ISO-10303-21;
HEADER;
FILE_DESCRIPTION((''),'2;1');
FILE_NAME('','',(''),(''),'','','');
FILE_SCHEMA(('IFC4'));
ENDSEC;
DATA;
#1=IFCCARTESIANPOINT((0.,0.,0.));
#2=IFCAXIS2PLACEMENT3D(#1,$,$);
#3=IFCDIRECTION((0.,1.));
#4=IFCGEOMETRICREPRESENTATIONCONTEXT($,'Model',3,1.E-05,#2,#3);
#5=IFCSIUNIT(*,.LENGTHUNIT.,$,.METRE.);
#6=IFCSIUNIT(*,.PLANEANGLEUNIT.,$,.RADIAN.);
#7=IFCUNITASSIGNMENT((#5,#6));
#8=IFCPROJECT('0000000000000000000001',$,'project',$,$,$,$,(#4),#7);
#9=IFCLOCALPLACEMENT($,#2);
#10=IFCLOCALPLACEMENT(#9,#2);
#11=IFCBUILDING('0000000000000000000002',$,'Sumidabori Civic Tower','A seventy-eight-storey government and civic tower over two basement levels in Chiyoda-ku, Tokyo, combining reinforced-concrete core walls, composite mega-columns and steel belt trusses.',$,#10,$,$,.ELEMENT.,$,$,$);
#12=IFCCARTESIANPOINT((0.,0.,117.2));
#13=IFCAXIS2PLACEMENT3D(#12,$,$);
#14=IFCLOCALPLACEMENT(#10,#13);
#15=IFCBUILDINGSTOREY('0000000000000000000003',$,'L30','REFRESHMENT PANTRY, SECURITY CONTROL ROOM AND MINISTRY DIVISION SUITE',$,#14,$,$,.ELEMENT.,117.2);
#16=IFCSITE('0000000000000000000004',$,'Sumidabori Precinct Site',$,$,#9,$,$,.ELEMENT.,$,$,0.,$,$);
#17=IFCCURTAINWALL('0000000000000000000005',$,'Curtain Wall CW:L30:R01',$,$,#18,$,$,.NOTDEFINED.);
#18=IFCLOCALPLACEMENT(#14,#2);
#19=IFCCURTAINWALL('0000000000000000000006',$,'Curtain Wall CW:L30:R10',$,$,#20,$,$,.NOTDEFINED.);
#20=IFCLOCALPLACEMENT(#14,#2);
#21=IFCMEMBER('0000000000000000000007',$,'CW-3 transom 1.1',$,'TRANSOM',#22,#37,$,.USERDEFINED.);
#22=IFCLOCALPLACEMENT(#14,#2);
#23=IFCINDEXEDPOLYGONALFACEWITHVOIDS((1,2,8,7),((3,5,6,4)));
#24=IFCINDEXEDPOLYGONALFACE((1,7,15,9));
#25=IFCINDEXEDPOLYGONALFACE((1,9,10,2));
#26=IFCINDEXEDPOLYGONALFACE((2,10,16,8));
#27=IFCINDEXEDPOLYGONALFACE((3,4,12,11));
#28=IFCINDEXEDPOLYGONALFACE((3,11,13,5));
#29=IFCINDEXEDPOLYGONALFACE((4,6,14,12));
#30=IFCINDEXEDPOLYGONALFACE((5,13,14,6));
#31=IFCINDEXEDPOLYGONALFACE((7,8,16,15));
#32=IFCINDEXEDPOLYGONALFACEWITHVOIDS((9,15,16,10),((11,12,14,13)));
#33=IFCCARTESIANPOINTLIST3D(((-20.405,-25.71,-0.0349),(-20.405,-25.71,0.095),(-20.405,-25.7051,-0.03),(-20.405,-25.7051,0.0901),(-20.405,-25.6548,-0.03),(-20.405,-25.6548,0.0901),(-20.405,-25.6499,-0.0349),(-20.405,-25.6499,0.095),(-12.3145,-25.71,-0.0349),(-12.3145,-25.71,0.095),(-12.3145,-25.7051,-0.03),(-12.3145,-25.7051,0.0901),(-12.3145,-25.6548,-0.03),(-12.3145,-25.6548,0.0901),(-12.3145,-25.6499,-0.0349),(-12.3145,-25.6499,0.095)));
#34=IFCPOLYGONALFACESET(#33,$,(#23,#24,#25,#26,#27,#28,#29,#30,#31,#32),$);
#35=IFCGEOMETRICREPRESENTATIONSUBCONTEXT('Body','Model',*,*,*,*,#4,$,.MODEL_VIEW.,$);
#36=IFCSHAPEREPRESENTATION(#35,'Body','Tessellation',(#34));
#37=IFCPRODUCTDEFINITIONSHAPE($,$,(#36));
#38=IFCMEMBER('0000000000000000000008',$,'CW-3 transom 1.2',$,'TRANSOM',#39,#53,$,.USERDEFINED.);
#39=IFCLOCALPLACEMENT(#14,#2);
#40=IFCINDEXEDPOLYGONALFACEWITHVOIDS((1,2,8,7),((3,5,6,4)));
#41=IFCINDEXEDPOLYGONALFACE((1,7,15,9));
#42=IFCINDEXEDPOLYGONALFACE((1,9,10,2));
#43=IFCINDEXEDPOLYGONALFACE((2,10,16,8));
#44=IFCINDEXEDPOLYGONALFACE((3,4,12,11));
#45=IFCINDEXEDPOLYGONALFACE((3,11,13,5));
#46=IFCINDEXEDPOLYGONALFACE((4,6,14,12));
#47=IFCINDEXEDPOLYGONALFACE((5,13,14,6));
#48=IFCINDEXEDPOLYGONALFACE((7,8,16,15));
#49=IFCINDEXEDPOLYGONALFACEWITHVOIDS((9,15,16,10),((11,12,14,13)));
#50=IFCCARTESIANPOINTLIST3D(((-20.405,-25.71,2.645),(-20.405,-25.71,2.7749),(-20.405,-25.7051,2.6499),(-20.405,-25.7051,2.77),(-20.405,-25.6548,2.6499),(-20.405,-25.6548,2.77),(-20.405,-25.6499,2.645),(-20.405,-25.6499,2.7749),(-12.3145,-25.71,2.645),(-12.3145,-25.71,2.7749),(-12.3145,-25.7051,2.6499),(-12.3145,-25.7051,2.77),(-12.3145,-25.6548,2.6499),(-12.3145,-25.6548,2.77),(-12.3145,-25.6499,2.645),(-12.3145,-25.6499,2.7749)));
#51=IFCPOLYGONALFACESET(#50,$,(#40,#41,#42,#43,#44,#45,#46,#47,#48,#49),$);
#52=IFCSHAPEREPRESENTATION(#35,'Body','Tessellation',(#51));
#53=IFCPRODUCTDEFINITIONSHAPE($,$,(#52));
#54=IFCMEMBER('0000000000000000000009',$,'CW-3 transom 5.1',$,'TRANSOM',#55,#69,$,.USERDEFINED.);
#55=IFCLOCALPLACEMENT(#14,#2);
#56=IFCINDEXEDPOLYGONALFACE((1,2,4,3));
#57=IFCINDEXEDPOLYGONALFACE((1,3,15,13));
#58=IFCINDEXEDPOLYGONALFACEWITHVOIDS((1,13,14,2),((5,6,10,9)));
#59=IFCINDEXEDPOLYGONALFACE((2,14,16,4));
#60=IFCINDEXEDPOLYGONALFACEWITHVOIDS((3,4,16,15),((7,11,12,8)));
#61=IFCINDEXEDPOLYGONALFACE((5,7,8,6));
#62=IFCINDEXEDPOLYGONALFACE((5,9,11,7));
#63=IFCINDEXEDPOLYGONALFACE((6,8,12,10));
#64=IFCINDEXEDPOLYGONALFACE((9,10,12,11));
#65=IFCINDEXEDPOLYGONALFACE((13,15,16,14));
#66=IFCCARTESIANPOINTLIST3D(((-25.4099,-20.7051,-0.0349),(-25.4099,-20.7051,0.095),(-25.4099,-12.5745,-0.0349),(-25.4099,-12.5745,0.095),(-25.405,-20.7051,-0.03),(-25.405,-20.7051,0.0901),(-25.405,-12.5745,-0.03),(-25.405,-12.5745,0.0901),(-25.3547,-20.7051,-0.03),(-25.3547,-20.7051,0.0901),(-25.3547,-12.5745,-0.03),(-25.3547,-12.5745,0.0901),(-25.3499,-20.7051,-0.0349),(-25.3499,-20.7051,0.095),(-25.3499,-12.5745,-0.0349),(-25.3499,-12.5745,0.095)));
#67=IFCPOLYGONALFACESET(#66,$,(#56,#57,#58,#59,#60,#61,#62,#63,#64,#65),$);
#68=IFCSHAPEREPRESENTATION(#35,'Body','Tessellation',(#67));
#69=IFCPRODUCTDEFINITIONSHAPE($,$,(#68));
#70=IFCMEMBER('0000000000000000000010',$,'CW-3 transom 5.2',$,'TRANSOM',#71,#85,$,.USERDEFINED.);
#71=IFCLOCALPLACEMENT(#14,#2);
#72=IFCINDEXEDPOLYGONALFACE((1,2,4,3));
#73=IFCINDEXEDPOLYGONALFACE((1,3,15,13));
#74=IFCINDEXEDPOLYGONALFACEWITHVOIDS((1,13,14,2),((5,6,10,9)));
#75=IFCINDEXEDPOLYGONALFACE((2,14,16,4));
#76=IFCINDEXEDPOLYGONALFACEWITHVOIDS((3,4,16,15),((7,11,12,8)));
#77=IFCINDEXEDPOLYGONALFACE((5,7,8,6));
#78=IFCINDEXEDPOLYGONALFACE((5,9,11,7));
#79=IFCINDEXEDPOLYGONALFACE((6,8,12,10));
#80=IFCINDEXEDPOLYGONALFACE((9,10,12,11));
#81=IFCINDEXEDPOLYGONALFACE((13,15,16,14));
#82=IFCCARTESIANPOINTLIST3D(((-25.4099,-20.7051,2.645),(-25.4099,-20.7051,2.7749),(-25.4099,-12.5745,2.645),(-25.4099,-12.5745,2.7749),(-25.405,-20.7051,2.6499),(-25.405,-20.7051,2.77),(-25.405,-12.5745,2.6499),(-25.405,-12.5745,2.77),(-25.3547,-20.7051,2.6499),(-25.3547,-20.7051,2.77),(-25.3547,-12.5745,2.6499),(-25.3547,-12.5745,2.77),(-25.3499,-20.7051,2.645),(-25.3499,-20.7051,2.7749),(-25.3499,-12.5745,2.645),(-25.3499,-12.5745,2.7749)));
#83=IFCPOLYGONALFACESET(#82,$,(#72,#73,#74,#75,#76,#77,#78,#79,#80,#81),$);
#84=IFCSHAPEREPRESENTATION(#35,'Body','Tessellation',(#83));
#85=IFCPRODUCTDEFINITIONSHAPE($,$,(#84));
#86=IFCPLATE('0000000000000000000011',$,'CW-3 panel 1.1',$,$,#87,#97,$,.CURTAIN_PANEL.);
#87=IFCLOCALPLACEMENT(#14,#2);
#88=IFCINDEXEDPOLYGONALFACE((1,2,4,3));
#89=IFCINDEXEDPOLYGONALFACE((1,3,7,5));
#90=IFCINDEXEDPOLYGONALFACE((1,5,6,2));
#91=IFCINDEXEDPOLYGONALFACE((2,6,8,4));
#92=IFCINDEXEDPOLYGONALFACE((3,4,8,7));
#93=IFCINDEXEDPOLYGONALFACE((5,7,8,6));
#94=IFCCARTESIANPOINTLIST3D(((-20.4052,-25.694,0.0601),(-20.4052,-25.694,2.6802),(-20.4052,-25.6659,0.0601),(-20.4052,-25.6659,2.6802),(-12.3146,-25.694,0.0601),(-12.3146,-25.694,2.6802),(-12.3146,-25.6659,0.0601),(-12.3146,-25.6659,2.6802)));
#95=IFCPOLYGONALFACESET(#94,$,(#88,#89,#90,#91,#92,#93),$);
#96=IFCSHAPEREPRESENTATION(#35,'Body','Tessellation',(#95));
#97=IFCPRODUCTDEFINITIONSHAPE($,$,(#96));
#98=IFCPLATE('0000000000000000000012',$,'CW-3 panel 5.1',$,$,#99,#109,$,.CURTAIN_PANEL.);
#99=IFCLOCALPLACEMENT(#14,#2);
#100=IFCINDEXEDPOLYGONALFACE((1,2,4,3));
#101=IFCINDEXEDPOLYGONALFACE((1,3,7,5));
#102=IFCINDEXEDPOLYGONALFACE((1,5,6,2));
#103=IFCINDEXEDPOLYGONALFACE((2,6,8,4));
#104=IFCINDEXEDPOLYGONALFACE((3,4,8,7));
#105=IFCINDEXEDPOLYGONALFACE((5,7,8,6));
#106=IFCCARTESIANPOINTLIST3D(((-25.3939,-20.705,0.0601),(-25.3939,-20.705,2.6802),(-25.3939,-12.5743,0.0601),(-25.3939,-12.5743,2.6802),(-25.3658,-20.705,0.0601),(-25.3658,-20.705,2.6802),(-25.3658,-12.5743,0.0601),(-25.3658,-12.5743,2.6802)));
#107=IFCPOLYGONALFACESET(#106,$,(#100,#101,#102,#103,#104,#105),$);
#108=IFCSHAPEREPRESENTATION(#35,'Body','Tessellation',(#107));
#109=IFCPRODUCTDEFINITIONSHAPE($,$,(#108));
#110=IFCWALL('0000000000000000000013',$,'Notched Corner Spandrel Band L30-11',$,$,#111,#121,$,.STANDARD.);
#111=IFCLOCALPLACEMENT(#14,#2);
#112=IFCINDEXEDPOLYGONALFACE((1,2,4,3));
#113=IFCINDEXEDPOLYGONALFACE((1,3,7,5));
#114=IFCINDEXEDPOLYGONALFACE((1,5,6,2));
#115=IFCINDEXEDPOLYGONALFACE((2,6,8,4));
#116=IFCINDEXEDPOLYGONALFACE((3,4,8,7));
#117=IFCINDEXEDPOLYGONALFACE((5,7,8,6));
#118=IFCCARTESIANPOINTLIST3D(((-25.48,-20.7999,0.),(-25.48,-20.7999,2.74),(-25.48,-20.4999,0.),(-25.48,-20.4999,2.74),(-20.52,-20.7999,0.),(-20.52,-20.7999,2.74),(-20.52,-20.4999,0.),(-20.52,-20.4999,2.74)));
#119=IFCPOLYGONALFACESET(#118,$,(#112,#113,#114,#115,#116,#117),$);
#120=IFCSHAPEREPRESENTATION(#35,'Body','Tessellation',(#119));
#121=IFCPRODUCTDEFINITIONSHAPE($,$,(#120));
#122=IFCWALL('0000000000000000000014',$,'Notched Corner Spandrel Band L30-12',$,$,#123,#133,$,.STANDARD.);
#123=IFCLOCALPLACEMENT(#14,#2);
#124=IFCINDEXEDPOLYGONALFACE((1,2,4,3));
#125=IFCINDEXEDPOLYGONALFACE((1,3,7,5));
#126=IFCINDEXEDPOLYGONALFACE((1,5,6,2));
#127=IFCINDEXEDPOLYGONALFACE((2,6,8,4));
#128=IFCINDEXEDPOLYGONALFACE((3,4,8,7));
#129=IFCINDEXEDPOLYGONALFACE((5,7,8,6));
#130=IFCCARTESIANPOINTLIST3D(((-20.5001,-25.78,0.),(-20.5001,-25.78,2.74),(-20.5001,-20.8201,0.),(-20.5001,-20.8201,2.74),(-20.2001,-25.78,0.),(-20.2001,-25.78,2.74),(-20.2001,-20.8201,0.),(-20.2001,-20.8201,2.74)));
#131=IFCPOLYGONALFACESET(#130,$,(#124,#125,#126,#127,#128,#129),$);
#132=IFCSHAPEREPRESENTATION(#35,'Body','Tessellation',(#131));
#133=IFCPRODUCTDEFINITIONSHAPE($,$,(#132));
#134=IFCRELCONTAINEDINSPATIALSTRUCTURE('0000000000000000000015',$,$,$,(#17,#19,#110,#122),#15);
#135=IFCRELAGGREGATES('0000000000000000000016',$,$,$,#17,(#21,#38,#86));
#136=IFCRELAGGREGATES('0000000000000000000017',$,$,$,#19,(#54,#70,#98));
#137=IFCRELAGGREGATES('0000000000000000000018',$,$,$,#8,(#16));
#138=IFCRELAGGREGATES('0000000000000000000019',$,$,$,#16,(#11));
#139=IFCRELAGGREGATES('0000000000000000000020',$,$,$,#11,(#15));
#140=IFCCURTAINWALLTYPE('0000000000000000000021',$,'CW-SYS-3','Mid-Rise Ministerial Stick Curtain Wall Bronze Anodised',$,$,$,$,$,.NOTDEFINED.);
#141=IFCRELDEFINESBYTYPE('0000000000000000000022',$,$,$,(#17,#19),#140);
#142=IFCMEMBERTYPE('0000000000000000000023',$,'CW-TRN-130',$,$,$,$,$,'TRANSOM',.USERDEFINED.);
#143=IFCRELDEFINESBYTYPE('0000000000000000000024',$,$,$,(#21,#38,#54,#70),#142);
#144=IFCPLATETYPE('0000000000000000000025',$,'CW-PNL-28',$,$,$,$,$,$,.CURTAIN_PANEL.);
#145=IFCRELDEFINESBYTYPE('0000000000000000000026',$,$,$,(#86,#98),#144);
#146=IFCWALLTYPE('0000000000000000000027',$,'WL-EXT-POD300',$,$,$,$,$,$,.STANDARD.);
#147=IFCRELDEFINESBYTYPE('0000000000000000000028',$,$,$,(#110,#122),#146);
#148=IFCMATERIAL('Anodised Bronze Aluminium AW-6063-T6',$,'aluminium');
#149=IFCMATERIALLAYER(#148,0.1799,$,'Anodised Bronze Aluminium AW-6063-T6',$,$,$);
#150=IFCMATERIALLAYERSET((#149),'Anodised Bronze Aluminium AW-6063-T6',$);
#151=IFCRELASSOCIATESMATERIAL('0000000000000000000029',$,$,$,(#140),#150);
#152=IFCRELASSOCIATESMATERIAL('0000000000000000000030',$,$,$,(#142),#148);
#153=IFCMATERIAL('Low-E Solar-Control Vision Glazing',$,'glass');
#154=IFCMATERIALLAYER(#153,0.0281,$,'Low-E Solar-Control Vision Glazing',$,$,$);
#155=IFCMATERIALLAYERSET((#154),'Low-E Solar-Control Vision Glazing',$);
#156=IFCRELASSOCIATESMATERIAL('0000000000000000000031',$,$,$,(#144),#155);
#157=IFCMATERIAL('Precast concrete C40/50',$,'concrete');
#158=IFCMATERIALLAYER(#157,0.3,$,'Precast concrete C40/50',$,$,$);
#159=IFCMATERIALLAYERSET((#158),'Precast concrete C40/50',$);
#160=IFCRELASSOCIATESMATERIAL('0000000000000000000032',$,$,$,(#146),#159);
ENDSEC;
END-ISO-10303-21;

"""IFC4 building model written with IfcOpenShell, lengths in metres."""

from ifc_helpers import new_model, si_unit, direction, frame, frame_2d, origin, origin_2d, place, context, subcontext, project, spatial, rectangle, hollow_rectangle, extrude, source, transform, mapped, material, layer, layer_set, material_profile, profile_set, type_object, element, aggregate, save


model = new_model("IFC4")

# Units and contexts
model_context = context("Model", 3, precision=1e-05, world=origin(), true_north=direction((0.0, 1.0)))
body_context = subcontext(model_context, "Body", "Model", "MODEL_VIEW")
ifc_project = project(units=[si_unit("LENGTHUNIT", "METRE"), si_unit("PLANEANGLEUNIT", "RADIAN")], contexts=[model_context])

# Site, building, storey
site_placement = place(None, origin())
site = spatial("IfcSite", under=ifc_project, at=site_placement, Name="Sumidabori Precinct Site", CompositionType="ELEMENT", RefElevation=0.0)
building_placement = place(site_placement, origin())
building = spatial("IfcBuilding", under=site, at=building_placement, Name="Sumidabori Civic Tower", Description="A seventy-eight-storey government and civic tower over two basement levels in Chiyoda-ku, Tokyo, combining reinforced-concrete core walls, composite mega-columns and steel belt trusses.", CompositionType="ELEMENT")
storey_placement = place(building_placement, frame((0.0, 0.0, 117.2)))
storey = spatial("IfcBuildingStorey", under=building, at=storey_placement, Name="L30", Description="REFRESHMENT PANTRY, SECURITY CONTROL ROOM AND MINISTRY DIVISION SUITE", CompositionType="ELEMENT", Elevation=117.2)

# Curtain walls
ifc_material_1 = material(Name="Anodised Bronze Aluminium AW-6063-T6", Category="aluminium")
ifc_layer_1 = layer(ifc_material_1, 0.1799, Name="Anodised Bronze Aluminium AW-6063-T6")
ifc_layer_set_1 = layer_set([ifc_layer_1], Name="Anodised Bronze Aluminium AW-6063-T6")
curtain_wall_type = type_object("IfcCurtainWallType", Name="CW-SYS-3", Description="Mid-Rise Ministerial Stick Curtain Wall Bronze Anodised", PredefinedType="NOTDEFINED", material=ifc_layer_set_1)
curtain_wall_1_placement = place(storey_placement, origin())
curtain_wall_1 = element("IfcCurtainWall", 1, at=curtain_wall_1_placement, inside=storey, type_object=curtain_wall_type, Name="Curtain Wall CW:L30:R01", PredefinedType="NOTDEFINED")
curtain_wall_2_placement = place(storey_placement, origin())
curtain_wall_2 = element("IfcCurtainWall", 2, at=curtain_wall_2_placement, inside=storey, type_object=curtain_wall_type, Name="Curtain Wall CW:L30:R10", PredefinedType="NOTDEFINED")

# Members
ifc_material_profile_1 = material_profile(ifc_material_1, hollow_rectangle(XDim=0.0601, YDim=0.1299, WallThickness=0.0049, at=origin_2d()), Name="ALU TRANSOM 130x60")
ifc_profile_set_1 = profile_set([ifc_material_profile_1], Name="Anodised Bronze Aluminium AW-6063-T6")
member_type_1 = type_object("IfcMemberType", Name="CW-TRN-130", ElementType="TRANSOM", PredefinedType="USERDEFINED", material=ifc_profile_set_1)
shared_shape_1 = source(origin(), body_context, "Body", "SweptSolid", [
    extrude(hollow_rectangle(XDim=0.0601, YDim=0.1299, WallThickness=0.0049, at=origin_2d()), origin(), (0.0, 0.0, 1.0), 8.0906),
])
member_1_placement = place(storey_placement, frame((-20.405, -25.6799, 0.03), z_axis=(1.0, 0.0, 0.0), x_axis=(0.0, 1.0, 0.0)))
member_1 = element("IfcMember", 3, at=member_1_placement, type_object=member_type_1, Name="CW-3 transom 1.1", ObjectType="TRANSOM", PredefinedType="USERDEFINED", context=body_context, shape_type="MappedRepresentation", body=[
    mapped(shared_shape_1, transform((0.0, 0.0, 0.0), x_axis=(1.0, 0.0, 0.0), y_axis=(0.0, 1.0, 0.0), z_axis=(0.0, 0.0, 1.0), scale=1.0)),
])
member_2_placement = place(storey_placement, frame((-20.405, -25.6799, 2.71), z_axis=(1.0, 0.0, 0.0), x_axis=(0.0, 1.0, 0.0)))
member_2 = element("IfcMember", 4, at=member_2_placement, type_object=member_type_1, Name="CW-3 transom 1.2", ObjectType="TRANSOM", PredefinedType="USERDEFINED", context=body_context, shape_type="MappedRepresentation", body=[
    mapped(shared_shape_1, transform((0.0, 0.0, 0.0), x_axis=(1.0, 0.0, 0.0), y_axis=(0.0, 1.0, 0.0), z_axis=(0.0, 0.0, 1.0), scale=1.0)),
])
shared_shape_2 = source(origin(), body_context, "Body", "SweptSolid", [
    extrude(hollow_rectangle(XDim=0.0601, YDim=0.1299, WallThickness=0.0049, at=origin_2d()), origin(), (0.0, 0.0, 1.0), 8.1306),
])
member_3_placement = place(storey_placement, frame((-25.3799, -12.5745, 0.03), z_axis=(0.0, -1.0, 0.0), x_axis=(1.0, 0.0, 0.0)))
member_3 = element("IfcMember", 5, at=member_3_placement, type_object=member_type_1, Name="CW-3 transom 5.1", ObjectType="TRANSOM", PredefinedType="USERDEFINED", context=body_context, shape_type="MappedRepresentation", body=[
    mapped(shared_shape_2, transform((0.0, 0.0, 0.0), x_axis=(1.0, 0.0, 0.0), y_axis=(0.0, 1.0, 0.0), z_axis=(0.0, 0.0, 1.0), scale=1.0)),
])
member_4_placement = place(storey_placement, frame((-25.3799, -12.5745, 2.71), z_axis=(0.0, -1.0, 0.0), x_axis=(1.0, 0.0, 0.0)))
member_4 = element("IfcMember", 6, at=member_4_placement, type_object=member_type_1, Name="CW-3 transom 5.2", ObjectType="TRANSOM", PredefinedType="USERDEFINED", context=body_context, shape_type="MappedRepresentation", body=[
    mapped(shared_shape_2, transform((0.0, 0.0, 0.0), x_axis=(1.0, 0.0, 0.0), y_axis=(0.0, 1.0, 0.0), z_axis=(0.0, 0.0, 1.0), scale=1.0)),
])

# Plates
ifc_material_2 = material(Name="Low-E Solar-Control Vision Glazing", Category="glass")
ifc_layer_2 = layer(ifc_material_2, 0.0281, Name="Low-E Solar-Control Vision Glazing")
ifc_layer_set_2 = layer_set([ifc_layer_2], Name="Low-E Solar-Control Vision Glazing")
plate_type = type_object("IfcPlateType", Name="CW-PNL-28", PredefinedType="CURTAIN_PANEL", material=ifc_layer_set_2)
shared_shape_3 = source(origin(), body_context, "Body", "SweptSolid", [
    extrude(rectangle(XDim=8.0906, YDim=0.0281, at=origin_2d()), origin(), (0.0, 0.0, 1.0), 2.6201),
])
plate_1_placement = place(storey_placement, frame((-16.3599, -25.6799, 0.0601), z_axis=(0.0, 0.0, 1.0), x_axis=(1.0, 0.0, 0.0)))
plate_1 = element("IfcPlate", 7, at=plate_1_placement, type_object=plate_type, Name="CW-3 panel 1.1", PredefinedType="CURTAIN_PANEL", context=body_context, shape_type="MappedRepresentation", body=[
    mapped(shared_shape_3, transform((0.0, 0.0, 0.0), x_axis=(1.0, 0.0, 0.0), y_axis=(0.0, 1.0, 0.0), z_axis=(0.0, 0.0, 1.0), scale=1.0)),
])
aggregate(curtain_wall_1, [member_1, member_2, plate_1])
shared_shape_4 = source(origin(), body_context, "Body", "SweptSolid", [
    extrude(rectangle(XDim=8.1306, YDim=0.0281, at=origin_2d()), origin(), (0.0, 0.0, 1.0), 2.6201),
])
plate_2_placement = place(storey_placement, frame((-25.3799, -16.6396, 0.0601), z_axis=(0.0, 0.0, 1.0), x_axis=(0.0, -1.0, 0.0)))
plate_2 = element("IfcPlate", 8, at=plate_2_placement, type_object=plate_type, Name="CW-3 panel 5.1", PredefinedType="CURTAIN_PANEL", context=body_context, shape_type="MappedRepresentation", body=[
    mapped(shared_shape_4, transform((0.0, 0.0, 0.0), x_axis=(1.0, 0.0, 0.0), y_axis=(0.0, 1.0, 0.0), z_axis=(0.0, 0.0, 1.0), scale=1.0)),
])
aggregate(curtain_wall_2, [member_3, member_4, plate_2])

# Walls
ifc_material_3 = material(Name="Precast concrete C40/50", Category="concrete")
ifc_layer_3 = layer(ifc_material_3, 0.3, Name="Precast concrete C40/50")
ifc_layer_set_3 = layer_set([ifc_layer_3], Name="Precast concrete C40/50")
wall_type_1 = type_object("IfcWallType", Name="WL-EXT-POD300", PredefinedType="STANDARD", material=ifc_layer_set_3)
shared_shape_5 = source(origin(), body_context, "Body", "SweptSolid", [
    extrude(rectangle(XDim=4.96, YDim=0.3, at=frame_2d((2.48, 0.0))), origin(), (0.0, 0.0, 1.0), 2.74),
])
for number, where, z_axis, x_axis, name in (
    (9, (-25.48, -20.6499, 0.0), (0.0, 0.0, 1.0), (1.0, 0.0, 0.0), "Notched Corner Spandrel Band L30-11"),
    (10, (-20.3501, -20.8201, 0.0), (0.0, 0.0, 1.0), (0.0, -1.0, 0.0), "Notched Corner Spandrel Band L30-12"),
):
    element("IfcWall", number, at=place(storey_placement, frame(where, z_axis=z_axis, x_axis=x_axis)), inside=storey, type_object=wall_type_1, Name=name, PredefinedType="STANDARD", context=body_context, shape_type="MappedRepresentation", body=[
        mapped(shared_shape_5, transform((0.0, 0.0, 0.0), x_axis=(1.0, 0.0, 0.0), y_axis=(0.0, 1.0, 0.0), z_axis=(0.0, 0.0, 1.0), scale=1.0)),
    ])

save(model, "model.ifc")
